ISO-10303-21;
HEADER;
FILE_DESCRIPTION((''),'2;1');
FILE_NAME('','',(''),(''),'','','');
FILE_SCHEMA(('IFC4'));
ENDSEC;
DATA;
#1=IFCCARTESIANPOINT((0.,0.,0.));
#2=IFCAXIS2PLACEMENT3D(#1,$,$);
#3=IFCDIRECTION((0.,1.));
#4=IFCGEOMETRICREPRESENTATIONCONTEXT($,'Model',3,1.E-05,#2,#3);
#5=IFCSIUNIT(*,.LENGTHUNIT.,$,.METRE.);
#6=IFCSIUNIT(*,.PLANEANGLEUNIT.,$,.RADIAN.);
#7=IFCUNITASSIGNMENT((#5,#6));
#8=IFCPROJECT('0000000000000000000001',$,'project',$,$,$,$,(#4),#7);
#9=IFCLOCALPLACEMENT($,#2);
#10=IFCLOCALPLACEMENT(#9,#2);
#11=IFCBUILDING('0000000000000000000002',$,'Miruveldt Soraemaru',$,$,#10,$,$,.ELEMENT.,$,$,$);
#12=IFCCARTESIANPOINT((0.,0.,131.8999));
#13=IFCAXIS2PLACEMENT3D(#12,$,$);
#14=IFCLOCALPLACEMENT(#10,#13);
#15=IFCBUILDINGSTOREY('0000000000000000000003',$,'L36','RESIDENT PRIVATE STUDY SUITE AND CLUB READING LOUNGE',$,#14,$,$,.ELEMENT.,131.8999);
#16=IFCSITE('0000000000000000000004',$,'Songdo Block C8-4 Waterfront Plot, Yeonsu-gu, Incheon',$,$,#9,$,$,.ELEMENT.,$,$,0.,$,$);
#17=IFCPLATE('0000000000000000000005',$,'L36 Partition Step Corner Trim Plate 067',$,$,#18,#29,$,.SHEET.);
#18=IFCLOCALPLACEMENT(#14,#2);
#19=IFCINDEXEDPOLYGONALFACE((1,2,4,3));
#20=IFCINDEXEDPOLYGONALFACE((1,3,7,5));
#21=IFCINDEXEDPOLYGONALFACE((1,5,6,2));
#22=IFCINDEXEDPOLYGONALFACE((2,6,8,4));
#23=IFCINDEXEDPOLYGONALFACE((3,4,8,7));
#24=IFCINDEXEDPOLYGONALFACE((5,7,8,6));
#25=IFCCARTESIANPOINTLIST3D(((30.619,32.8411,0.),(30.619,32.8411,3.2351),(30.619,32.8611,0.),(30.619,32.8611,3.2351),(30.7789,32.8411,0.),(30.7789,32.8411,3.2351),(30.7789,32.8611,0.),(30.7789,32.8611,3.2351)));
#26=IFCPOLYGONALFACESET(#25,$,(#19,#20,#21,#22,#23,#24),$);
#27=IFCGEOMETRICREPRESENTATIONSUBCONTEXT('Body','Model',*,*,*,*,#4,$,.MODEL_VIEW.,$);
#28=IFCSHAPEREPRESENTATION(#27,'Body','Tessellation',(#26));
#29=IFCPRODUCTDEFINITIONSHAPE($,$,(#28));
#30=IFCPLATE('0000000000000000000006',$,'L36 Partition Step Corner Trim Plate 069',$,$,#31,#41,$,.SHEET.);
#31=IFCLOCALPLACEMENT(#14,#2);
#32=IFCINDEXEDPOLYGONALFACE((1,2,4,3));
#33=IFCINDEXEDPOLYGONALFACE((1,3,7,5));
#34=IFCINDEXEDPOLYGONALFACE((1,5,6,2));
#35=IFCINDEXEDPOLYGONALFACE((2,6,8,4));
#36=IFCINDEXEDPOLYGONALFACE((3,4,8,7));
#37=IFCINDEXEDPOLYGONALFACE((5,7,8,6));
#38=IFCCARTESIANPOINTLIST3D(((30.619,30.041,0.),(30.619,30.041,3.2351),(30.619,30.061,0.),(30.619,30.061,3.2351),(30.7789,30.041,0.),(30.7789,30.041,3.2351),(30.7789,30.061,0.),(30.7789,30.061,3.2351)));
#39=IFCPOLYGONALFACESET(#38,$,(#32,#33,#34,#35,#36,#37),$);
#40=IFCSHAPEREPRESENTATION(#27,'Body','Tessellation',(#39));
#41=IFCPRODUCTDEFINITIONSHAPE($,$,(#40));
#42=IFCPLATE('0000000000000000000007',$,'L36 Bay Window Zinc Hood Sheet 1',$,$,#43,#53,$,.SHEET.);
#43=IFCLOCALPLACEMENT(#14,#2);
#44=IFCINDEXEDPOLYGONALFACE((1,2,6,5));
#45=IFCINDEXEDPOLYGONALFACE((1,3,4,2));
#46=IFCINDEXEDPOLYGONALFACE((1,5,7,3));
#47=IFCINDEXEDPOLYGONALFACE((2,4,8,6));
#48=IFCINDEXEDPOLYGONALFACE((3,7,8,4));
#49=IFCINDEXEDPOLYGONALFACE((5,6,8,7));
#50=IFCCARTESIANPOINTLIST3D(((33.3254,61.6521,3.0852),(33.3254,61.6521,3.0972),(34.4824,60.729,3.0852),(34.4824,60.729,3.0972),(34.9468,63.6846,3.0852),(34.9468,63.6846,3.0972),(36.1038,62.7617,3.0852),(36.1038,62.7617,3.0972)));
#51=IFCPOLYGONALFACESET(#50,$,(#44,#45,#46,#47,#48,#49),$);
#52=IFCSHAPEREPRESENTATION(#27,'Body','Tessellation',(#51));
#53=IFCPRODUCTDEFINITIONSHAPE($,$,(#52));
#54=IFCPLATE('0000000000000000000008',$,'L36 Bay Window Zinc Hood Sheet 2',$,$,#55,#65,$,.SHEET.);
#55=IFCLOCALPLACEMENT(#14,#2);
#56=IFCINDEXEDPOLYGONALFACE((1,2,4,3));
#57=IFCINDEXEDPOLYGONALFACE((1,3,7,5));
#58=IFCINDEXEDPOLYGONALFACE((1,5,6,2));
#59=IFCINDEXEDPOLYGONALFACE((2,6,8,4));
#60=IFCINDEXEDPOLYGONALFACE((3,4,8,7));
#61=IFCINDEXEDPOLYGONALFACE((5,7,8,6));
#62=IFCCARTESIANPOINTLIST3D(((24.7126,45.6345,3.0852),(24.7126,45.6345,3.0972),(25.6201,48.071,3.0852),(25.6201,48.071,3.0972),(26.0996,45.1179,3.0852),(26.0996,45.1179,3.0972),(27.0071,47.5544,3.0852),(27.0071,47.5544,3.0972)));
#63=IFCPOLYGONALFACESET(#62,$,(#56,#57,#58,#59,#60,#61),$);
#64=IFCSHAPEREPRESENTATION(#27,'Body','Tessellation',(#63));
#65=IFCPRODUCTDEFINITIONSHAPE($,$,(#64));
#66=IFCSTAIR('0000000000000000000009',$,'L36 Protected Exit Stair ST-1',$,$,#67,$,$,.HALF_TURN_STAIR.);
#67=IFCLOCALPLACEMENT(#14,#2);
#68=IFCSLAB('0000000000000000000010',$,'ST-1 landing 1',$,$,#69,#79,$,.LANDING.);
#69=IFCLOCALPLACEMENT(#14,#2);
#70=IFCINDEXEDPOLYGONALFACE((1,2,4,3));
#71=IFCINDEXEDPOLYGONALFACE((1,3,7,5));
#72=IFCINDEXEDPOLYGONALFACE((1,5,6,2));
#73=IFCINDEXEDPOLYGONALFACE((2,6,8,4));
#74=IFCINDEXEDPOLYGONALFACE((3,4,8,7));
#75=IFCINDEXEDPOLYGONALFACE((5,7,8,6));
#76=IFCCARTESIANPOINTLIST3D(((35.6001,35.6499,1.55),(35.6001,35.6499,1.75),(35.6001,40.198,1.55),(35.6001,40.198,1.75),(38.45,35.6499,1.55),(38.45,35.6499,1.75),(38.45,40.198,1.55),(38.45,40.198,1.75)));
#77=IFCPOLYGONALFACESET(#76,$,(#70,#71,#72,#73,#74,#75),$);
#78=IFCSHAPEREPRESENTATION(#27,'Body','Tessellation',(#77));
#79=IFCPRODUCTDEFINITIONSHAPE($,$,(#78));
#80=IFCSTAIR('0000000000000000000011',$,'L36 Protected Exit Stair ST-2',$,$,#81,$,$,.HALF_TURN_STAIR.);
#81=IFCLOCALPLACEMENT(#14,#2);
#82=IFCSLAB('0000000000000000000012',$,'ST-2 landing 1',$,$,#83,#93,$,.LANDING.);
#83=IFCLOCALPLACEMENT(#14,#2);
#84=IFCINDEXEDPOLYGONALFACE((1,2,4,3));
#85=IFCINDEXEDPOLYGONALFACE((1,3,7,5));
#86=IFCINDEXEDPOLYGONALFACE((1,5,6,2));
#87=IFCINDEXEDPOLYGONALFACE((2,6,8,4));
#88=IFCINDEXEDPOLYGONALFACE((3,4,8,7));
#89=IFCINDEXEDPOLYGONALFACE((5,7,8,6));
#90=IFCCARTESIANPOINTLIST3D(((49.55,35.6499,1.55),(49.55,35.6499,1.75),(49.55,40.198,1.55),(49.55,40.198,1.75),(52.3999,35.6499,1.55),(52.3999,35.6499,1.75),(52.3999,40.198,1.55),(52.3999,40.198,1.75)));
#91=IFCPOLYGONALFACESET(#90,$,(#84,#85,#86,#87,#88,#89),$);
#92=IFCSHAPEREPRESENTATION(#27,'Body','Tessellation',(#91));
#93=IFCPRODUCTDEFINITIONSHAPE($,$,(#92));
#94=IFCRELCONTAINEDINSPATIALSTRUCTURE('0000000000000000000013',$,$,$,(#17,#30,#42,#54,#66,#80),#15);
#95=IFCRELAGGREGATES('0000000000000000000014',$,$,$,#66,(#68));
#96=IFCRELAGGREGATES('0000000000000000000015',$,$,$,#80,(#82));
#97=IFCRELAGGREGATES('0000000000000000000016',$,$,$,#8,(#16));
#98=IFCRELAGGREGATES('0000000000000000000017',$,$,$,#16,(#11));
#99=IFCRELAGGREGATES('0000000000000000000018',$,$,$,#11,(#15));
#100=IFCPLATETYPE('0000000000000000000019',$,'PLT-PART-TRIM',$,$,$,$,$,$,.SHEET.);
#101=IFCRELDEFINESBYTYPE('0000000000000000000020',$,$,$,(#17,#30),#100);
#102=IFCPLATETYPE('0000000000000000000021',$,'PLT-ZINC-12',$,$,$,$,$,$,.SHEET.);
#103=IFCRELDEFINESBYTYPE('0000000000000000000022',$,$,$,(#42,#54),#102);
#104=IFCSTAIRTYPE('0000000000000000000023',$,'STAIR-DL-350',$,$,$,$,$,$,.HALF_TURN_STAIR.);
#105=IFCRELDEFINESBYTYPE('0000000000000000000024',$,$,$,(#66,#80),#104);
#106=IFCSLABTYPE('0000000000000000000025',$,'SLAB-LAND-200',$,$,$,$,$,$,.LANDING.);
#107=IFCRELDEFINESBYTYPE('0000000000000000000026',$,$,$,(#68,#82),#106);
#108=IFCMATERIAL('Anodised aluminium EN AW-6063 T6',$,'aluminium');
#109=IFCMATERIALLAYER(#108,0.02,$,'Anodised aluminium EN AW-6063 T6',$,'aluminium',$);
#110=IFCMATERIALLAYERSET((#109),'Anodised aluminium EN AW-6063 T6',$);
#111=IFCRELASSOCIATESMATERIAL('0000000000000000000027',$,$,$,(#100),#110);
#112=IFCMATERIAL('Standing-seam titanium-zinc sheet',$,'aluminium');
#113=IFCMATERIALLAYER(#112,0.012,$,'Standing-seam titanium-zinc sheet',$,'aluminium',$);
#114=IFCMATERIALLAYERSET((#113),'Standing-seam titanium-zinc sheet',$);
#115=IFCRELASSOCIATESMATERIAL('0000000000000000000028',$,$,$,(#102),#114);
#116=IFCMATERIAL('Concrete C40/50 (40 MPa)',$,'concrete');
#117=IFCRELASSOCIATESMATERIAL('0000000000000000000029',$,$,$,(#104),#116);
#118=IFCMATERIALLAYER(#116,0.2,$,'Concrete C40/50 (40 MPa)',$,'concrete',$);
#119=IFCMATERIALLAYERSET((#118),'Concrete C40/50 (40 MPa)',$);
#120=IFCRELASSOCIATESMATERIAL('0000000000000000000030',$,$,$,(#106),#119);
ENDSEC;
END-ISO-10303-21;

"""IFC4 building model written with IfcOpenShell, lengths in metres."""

from ifc_helpers import new_model, si_unit, direction, frame, origin, origin_2d, place, context, subcontext, project, spatial, polyline, rectangle, outline, extrude, material, layer, layer_set, type_object, element, aggregate, save


model = new_model("IFC4")

# Units and contexts
model_context = context("Model", 3, precision=1e-05, world=origin(), true_north=direction((0.0, 1.0)))
body_context = subcontext(model_context, "Body", "Model", "MODEL_VIEW")
ifc_project = project(units=[si_unit("LENGTHUNIT", "METRE"), si_unit("PLANEANGLEUNIT", "RADIAN")], contexts=[model_context])

# Site, building, storey
site_placement = place(None, origin())
site = spatial("IfcSite", under=ifc_project, at=site_placement, Name="Songdo Block C8-4 Waterfront Plot, Yeonsu-gu, Incheon", CompositionType="ELEMENT", RefElevation=0.0)
building_placement = place(site_placement, origin())
building = spatial("IfcBuilding", under=site, at=building_placement, Name="Miruveldt Soraemaru", CompositionType="ELEMENT")
storey_placement = place(building_placement, frame((0.0, 0.0, 131.8999)))
storey = spatial("IfcBuildingStorey", under=building, at=storey_placement, Name="L36", Description="RESIDENT PRIVATE STUDY SUITE AND CLUB READING LOUNGE", CompositionType="ELEMENT", Elevation=131.8999)

# Plates
ifc_material_1 = material(Name="Anodised aluminium EN AW-6063 T6", Category="aluminium")
ifc_layer_1 = layer(ifc_material_1, 0.02, Name="Anodised aluminium EN AW-6063 T6", Category="aluminium")
ifc_layer_set_1 = layer_set([ifc_layer_1], Name="Anodised aluminium EN AW-6063 T6")
plate_type_1 = type_object("IfcPlateType", Name="PLT-PART-TRIM", PredefinedType="SHEET", material=ifc_layer_set_1)
for number, where, z_axis, x_axis, name in (
    (1, (30.699, 32.8511, 0.0), (0.0, 0.0, 1.0), (-1.0, 0.0, 0.0), "L36 Partition Step Corner Trim Plate 067"),
    (2, (30.699, 30.051, 0.0), (0.0, 0.0, 1.0), (1.0, 0.0, 0.0), "L36 Partition Step Corner Trim Plate 069"),
):
    element("IfcPlate", number, at=place(storey_placement, frame(where, z_axis=z_axis, x_axis=x_axis)), inside=storey, type_object=plate_type_1, Name=name, PredefinedType="SHEET", context=body_context, shape_type="SweptSolid", body=[
        extrude(rectangle(XDim=0.1599, YDim=0.02, at=origin_2d()), origin(), (0.0, 0.0, 1.0), 3.2351),
    ])
ifc_material_2 = material(Name="Standing-seam titanium-zinc sheet", Category="aluminium")
ifc_layer_2 = layer(ifc_material_2, 0.012, Name="Standing-seam titanium-zinc sheet", Category="aluminium")
ifc_layer_set_2 = layer_set([ifc_layer_2], Name="Standing-seam titanium-zinc sheet")
plate_type_2 = type_object("IfcPlateType", Name="PLT-ZINC-12", PredefinedType="SHEET", material=ifc_layer_set_2)
plate_1_placement = place(storey_placement, frame((0.0, 0.0, 3.0852)))
element("IfcPlate", 3, at=plate_1_placement, inside=storey, type_object=plate_type_2, Name="L36 Bay Window Zinc Hood Sheet 1", PredefinedType="SHEET", context=body_context, shape_type="SweptSolid", body=[
    extrude(outline(polyline([(36.1038, 62.7617), (34.4824, 60.729), (33.3254, 61.6521), (34.9468, 63.6846), (36.1038, 62.7617)])), origin(), (0.0, 0.0, 1.0), 0.012),
])
plate_2_placement = place(storey_placement, frame((0.0, 0.0, 3.0852)))
element("IfcPlate", 4, at=plate_2_placement, inside=storey, type_object=plate_type_2, Name="L36 Bay Window Zinc Hood Sheet 2", PredefinedType="SHEET", context=body_context, shape_type="SweptSolid", body=[
    extrude(outline(polyline([(27.0071, 47.5544), (26.0996, 45.1179), (24.7126, 45.6345), (25.6201, 48.071), (27.0071, 47.5544)])), origin(), (0.0, 0.0, 1.0), 0.012),
])

# Stairs, slabs
ifc_material_3 = material(Name="Concrete C40/50 (40 MPa)", Category="concrete")
stair_type = type_object("IfcStairType", Name="STAIR-DL-350", PredefinedType="HALF_TURN_STAIR", material=ifc_material_3)
stair_1_placement = place(storey_placement, origin())
stair_1 = element("IfcStair", 5, at=stair_1_placement, inside=storey, type_object=stair_type, Name="L36 Protected Exit Stair ST-1", PredefinedType="HALF_TURN_STAIR")
ifc_layer_3 = layer(ifc_material_3, 0.2, Name="Concrete C40/50 (40 MPa)", Category="concrete")
ifc_layer_set_3 = layer_set([ifc_layer_3], Name="Concrete C40/50 (40 MPa)")
slab_type_1 = type_object("IfcSlabType", Name="SLAB-LAND-200", PredefinedType="LANDING", material=ifc_layer_set_3)
slab_1_placement = place(storey_placement, frame((0.0, 0.0, 1.55)))
slab_1 = element("IfcSlab", 6, at=slab_1_placement, type_object=slab_type_1, Name="ST-1 landing 1", PredefinedType="LANDING", context=body_context, shape_type="SweptSolid", body=[
    extrude(outline(polyline([(35.6001, 40.198), (35.6001, 35.6499), (38.45, 35.6499), (38.45, 40.198), (35.6001, 40.198)])), origin(), (0.0, 0.0, 1.0), 0.2),
])
aggregate(stair_1, [slab_1])
stair_2_placement = place(storey_placement, origin())
stair_2 = element("IfcStair", 7, at=stair_2_placement, inside=storey, type_object=stair_type, Name="L36 Protected Exit Stair ST-2", PredefinedType="HALF_TURN_STAIR")
slab_2_placement = place(storey_placement, frame((0.0, 0.0, 1.55)))
slab_2 = element("IfcSlab", 8, at=slab_2_placement, type_object=slab_type_1, Name="ST-2 landing 1", PredefinedType="LANDING", context=body_context, shape_type="SweptSolid", body=[
    extrude(outline(polyline([(49.55, 40.198), (49.55, 35.6499), (52.3999, 35.6499), (52.3999, 40.198), (49.55, 40.198)])), origin(), (0.0, 0.0, 1.0), 0.2),
])
aggregate(stair_2, [slab_2])

save(model, "model.ifc")
